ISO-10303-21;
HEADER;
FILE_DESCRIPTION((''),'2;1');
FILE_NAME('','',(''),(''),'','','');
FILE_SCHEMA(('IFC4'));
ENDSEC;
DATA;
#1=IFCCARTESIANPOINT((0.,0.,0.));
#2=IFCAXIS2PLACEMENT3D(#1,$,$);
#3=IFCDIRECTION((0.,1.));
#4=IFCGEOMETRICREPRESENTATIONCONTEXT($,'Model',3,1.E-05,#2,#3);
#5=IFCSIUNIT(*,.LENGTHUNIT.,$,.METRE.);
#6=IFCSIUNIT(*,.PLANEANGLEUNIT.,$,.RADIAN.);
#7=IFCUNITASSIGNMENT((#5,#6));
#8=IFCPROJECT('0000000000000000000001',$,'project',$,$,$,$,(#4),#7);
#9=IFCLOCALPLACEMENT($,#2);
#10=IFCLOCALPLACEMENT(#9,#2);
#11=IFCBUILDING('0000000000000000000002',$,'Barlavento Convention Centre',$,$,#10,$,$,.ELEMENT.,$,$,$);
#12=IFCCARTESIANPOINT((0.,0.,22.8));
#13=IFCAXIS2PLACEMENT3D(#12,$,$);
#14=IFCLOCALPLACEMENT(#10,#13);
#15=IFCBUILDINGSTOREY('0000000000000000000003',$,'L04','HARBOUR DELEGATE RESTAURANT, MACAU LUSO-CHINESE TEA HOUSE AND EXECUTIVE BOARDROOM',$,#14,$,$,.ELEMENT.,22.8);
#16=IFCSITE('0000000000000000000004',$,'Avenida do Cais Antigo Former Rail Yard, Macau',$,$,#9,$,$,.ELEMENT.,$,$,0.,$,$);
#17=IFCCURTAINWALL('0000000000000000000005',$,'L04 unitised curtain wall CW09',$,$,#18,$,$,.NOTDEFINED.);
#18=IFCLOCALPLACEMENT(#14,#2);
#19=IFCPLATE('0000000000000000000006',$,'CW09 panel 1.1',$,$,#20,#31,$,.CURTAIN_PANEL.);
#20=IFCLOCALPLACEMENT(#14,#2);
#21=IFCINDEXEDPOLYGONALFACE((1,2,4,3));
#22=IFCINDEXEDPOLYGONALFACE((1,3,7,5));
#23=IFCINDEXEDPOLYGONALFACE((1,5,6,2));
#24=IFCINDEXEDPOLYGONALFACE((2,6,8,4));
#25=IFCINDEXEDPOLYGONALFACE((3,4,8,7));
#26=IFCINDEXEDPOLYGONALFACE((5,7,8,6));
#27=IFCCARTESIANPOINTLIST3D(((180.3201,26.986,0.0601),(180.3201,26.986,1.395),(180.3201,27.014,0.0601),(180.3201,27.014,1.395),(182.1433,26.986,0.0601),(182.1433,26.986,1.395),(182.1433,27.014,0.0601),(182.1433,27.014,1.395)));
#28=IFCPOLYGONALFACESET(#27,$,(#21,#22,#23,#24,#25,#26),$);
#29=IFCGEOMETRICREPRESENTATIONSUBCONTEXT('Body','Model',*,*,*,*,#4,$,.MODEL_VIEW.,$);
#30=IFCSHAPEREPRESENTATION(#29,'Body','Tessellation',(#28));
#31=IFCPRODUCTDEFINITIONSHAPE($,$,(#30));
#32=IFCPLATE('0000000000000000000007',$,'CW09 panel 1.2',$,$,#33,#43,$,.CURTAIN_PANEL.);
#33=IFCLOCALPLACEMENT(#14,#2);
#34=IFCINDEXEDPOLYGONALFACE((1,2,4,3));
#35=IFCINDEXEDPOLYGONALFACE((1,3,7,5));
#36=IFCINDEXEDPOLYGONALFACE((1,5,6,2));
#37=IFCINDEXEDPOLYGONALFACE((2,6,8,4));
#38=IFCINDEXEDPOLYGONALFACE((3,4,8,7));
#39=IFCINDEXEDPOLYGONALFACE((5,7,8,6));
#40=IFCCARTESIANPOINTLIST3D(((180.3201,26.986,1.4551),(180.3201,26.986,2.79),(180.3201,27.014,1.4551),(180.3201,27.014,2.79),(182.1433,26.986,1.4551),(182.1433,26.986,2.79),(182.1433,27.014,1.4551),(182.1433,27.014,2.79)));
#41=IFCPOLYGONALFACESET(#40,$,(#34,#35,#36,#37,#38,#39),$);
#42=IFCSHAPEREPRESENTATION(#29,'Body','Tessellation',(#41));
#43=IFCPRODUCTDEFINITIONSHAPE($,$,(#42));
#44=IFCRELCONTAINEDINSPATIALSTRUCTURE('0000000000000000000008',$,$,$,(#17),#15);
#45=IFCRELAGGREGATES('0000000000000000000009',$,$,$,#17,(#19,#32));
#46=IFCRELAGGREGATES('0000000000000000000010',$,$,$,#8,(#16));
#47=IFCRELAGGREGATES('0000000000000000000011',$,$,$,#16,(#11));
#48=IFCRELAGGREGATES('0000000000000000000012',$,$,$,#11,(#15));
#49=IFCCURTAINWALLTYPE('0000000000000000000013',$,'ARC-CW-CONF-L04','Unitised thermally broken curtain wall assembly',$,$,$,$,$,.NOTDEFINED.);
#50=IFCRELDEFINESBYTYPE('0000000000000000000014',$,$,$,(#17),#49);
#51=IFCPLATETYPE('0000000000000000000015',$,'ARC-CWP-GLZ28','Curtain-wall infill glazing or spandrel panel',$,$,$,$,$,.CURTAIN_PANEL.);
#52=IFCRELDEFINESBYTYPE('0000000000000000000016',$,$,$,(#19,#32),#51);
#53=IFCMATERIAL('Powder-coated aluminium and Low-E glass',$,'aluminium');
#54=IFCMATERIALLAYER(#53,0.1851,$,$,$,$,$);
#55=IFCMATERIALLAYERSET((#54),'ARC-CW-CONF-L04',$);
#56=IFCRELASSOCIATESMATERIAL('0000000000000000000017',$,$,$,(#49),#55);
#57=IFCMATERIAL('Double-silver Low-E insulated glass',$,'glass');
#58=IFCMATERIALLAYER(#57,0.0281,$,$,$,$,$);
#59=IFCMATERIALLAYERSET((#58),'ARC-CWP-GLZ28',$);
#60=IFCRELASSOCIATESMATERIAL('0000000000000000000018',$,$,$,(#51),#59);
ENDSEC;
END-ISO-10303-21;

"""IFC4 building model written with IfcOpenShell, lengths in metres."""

from ifc_helpers import new_model, si_unit, direction, frame, origin, origin_2d, place, context, subcontext, project, spatial, rectangle, extrude, material, layer, layer_set, type_object, element, aggregate, save


model = new_model("IFC4")

# Units and contexts
model_context = context("Model", 3, precision=1e-05, world=origin(), true_north=direction((0.0, 1.0)))
body_context = subcontext(model_context, "Body", "Model", "MODEL_VIEW")
ifc_project = project(units=[si_unit("LENGTHUNIT", "METRE"), si_unit("PLANEANGLEUNIT", "RADIAN")], contexts=[model_context])

# Site, building, storey
site_placement = place(None, origin())
site = spatial("IfcSite", under=ifc_project, at=site_placement, Name="Avenida do Cais Antigo Former Rail Yard, Macau", CompositionType="ELEMENT", RefElevation=0.0)
building_placement = place(site_placement, origin())
building = spatial("IfcBuilding", under=site, at=building_placement, Name="Barlavento Convention Centre", CompositionType="ELEMENT")
storey_placement = place(building_placement, frame((0.0, 0.0, 22.8)))
storey = spatial("IfcBuildingStorey", under=building, at=storey_placement, Name="L04", Description="HARBOUR DELEGATE RESTAURANT, MACAU LUSO-CHINESE TEA HOUSE AND EXECUTIVE BOARDROOM", CompositionType="ELEMENT", Elevation=22.8)

# Curtain wall
ifc_material_1 = material(Name="Powder-coated aluminium and Low-E glass", Category="aluminium")
ifc_layer_1 = layer(ifc_material_1, 0.1851)
ifc_layer_set_1 = layer_set([ifc_layer_1], Name="ARC-CW-CONF-L04")
curtain_wall_type = type_object("IfcCurtainWallType", Name="ARC-CW-CONF-L04", Description="Unitised thermally broken curtain wall assembly", PredefinedType="NOTDEFINED", material=ifc_layer_set_1)
curtain_wall_1_placement = place(storey_placement, origin())
curtain_wall_1 = element("IfcCurtainWall", 1, at=curtain_wall_1_placement, inside=storey, type_object=curtain_wall_type, Name="L04 unitised curtain wall CW09", PredefinedType="NOTDEFINED")

# Plates
ifc_material_2 = material(Name="Double-silver Low-E insulated glass", Category="glass")
ifc_layer_2 = layer(ifc_material_2, 0.0281)
ifc_layer_set_2 = layer_set([ifc_layer_2], Name="ARC-CWP-GLZ28")
plate_type = type_object("IfcPlateType", Name="ARC-CWP-GLZ28", Description="Curtain-wall infill glazing or spandrel panel", PredefinedType="CURTAIN_PANEL", material=ifc_layer_set_2)
plate_1_placement = place(storey_placement, frame((181.2317, 27.0, 0.0601), z_axis=(0.0, 0.0, 1.0), x_axis=(1.0, 0.0, 0.0)))
plate_1 = element("IfcPlate", 2, at=plate_1_placement, type_object=plate_type, Name="CW09 panel 1.1", PredefinedType="CURTAIN_PANEL", context=body_context, shape_type="SweptSolid", body=[
    extrude(rectangle(XDim=1.8232, YDim=0.0281, at=origin_2d()), origin(), (0.0, 0.0, 1.0), 1.335),
])
plate_2_placement = place(storey_placement, frame((181.2317, 27.0, 1.4551), z_axis=(0.0, 0.0, 1.0), x_axis=(1.0, 0.0, 0.0)))
plate_2 = element("IfcPlate", 3, at=plate_2_placement, type_object=plate_type, Name="CW09 panel 1.2", PredefinedType="CURTAIN_PANEL", context=body_context, shape_type="SweptSolid", body=[
    extrude(rectangle(XDim=1.8232, YDim=0.0281, at=origin_2d()), origin(), (0.0, 0.0, 1.0), 1.335),
])
aggregate(curtain_wall_1, [plate_1, plate_2])

save(model, "model.ifc")
